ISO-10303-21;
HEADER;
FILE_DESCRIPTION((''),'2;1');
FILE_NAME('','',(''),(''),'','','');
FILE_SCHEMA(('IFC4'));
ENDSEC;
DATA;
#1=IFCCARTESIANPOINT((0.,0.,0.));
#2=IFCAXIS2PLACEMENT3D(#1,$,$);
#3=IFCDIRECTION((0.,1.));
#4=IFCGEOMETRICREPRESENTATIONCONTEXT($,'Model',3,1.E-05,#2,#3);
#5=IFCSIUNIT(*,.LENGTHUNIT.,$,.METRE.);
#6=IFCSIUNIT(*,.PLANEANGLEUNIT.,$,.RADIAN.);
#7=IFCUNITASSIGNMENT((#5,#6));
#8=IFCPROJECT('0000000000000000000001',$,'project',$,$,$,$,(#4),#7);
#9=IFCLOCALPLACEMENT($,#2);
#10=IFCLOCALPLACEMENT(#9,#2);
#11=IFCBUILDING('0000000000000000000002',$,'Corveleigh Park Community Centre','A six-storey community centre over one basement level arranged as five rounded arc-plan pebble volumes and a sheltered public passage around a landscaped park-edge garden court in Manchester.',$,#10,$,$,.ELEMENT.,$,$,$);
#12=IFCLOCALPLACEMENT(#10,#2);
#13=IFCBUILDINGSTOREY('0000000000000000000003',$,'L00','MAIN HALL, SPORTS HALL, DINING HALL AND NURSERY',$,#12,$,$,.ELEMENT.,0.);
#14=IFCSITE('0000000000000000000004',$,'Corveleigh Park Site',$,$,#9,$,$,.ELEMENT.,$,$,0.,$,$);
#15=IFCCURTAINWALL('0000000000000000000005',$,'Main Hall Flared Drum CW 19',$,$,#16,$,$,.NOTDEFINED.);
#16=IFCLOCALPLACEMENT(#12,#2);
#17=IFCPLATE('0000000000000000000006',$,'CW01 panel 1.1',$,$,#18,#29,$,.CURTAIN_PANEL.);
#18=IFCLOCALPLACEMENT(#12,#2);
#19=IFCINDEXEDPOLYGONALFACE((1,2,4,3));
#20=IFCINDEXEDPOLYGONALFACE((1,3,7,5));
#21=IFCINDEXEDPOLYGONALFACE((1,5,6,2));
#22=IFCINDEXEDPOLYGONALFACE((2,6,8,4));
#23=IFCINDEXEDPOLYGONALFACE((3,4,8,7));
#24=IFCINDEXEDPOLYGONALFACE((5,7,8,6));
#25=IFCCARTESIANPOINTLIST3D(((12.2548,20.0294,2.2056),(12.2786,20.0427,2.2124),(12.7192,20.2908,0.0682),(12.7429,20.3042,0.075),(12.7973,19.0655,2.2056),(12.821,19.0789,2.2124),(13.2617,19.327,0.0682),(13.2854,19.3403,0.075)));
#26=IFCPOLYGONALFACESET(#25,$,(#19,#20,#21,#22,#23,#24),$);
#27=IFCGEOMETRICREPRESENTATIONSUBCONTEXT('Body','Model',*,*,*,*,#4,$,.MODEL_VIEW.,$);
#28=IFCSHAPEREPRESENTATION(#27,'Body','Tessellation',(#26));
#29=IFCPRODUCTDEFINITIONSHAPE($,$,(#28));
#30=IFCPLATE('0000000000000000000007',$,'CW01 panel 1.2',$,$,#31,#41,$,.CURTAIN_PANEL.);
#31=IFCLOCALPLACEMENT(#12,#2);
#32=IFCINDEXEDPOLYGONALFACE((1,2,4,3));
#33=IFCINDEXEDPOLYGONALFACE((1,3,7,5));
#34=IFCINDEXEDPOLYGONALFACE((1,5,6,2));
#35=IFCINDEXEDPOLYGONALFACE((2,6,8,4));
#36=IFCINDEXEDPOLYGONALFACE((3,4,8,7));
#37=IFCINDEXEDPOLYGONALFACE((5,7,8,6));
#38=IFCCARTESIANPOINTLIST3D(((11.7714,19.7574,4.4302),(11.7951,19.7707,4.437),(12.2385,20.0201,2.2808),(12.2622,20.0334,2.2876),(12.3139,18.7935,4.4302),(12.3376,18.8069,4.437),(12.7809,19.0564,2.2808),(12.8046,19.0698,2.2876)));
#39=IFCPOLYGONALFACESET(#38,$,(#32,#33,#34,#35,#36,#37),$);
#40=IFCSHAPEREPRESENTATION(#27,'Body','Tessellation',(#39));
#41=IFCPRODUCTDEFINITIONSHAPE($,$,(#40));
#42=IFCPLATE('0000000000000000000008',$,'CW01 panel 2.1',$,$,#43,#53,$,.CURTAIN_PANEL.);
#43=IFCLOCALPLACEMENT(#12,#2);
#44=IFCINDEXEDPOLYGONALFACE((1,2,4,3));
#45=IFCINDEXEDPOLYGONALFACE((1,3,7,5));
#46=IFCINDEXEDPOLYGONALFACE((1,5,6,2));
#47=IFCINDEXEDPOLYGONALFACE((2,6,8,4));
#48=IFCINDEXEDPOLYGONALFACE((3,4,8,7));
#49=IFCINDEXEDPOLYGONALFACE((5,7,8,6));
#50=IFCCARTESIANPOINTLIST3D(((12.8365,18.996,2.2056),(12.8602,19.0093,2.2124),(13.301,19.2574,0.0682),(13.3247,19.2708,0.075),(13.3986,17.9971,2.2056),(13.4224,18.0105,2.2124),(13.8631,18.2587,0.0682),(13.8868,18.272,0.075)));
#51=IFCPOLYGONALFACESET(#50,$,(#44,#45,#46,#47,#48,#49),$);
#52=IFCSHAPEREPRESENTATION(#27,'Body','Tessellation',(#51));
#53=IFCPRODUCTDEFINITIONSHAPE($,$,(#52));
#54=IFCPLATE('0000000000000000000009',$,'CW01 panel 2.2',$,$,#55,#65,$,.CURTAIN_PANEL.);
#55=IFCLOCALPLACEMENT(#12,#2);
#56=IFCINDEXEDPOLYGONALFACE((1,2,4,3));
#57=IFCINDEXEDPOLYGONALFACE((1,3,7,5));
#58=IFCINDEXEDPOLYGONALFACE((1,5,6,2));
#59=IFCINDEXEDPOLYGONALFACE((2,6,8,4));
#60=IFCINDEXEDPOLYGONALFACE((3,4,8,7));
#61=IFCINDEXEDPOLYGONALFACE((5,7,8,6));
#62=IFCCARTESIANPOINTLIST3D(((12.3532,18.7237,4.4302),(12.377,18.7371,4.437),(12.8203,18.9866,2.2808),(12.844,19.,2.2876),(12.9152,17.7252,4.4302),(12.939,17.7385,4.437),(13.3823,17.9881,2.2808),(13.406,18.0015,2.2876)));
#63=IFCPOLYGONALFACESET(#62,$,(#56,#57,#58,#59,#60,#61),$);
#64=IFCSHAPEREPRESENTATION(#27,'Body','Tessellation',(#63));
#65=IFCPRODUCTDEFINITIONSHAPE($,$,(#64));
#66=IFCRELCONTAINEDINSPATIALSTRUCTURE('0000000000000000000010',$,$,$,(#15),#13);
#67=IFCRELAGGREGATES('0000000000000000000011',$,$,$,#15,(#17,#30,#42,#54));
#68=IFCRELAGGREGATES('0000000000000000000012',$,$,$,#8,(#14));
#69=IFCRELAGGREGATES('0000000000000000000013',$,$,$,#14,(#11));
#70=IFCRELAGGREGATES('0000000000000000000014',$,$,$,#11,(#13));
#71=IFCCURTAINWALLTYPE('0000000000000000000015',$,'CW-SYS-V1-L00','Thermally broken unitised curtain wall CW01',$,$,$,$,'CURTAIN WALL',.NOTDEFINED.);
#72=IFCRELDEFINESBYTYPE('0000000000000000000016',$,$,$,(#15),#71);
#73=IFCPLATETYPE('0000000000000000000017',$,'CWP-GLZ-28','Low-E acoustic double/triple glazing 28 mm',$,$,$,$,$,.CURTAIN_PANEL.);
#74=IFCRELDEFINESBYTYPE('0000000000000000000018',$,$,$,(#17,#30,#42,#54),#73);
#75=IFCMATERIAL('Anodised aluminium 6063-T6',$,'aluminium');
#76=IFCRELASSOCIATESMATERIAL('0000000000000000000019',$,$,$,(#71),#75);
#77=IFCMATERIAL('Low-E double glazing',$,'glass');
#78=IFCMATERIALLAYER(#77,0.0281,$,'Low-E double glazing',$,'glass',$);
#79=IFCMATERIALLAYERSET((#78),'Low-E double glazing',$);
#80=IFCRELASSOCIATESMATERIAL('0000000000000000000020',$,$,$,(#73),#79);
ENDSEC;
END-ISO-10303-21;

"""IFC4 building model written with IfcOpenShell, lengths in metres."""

from ifc_helpers import new_model, si_unit, direction, frame, origin, place, context, subcontext, project, spatial, polyline, outline, extrude, material, layer, layer_set, type_object, element, aggregate, save


model = new_model("IFC4")

# Units and contexts
model_context = context("Model", 3, precision=1e-05, world=origin(), true_north=direction((0.0, 1.0)))
body_context = subcontext(model_context, "Body", "Model", "MODEL_VIEW")
ifc_project = project(units=[si_unit("LENGTHUNIT", "METRE"), si_unit("PLANEANGLEUNIT", "RADIAN")], contexts=[model_context])

# Site, building, storey
site_placement = place(None, origin())
site = spatial("IfcSite", under=ifc_project, at=site_placement, Name="Corveleigh Park Site", CompositionType="ELEMENT", RefElevation=0.0)
building_placement = place(site_placement, origin())
building = spatial("IfcBuilding", under=site, at=building_placement, Name="Corveleigh Park Community Centre", Description="A six-storey community centre over one basement level arranged as five rounded arc-plan pebble volumes and a sheltered public passage around a landscaped park-edge garden court in Manchester.", CompositionType="ELEMENT")
storey_placement = place(building_placement, origin())
storey = spatial("IfcBuildingStorey", under=building, at=storey_placement, Name="L00", Description="MAIN HALL, SPORTS HALL, DINING HALL AND NURSERY", CompositionType="ELEMENT", Elevation=0.0)

# Curtain wall
ifc_material_1 = material(Name="Anodised aluminium 6063-T6", Category="aluminium")
curtain_wall_type = type_object("IfcCurtainWallType", Name="CW-SYS-V1-L00", Description="Thermally broken unitised curtain wall CW01", ElementType="CURTAIN WALL", PredefinedType="NOTDEFINED", material=ifc_material_1)
curtain_wall_1_placement = place(storey_placement, origin())
curtain_wall_1 = element("IfcCurtainWall", 1, at=curtain_wall_1_placement, inside=storey, type_object=curtain_wall_type, Name="Main Hall Flared Drum CW 19", PredefinedType="NOTDEFINED")

# Plates
ifc_material_2 = material(Name="Low-E double glazing", Category="glass")
ifc_layer = layer(ifc_material_2, 0.0281, Name="Low-E double glazing", Category="glass")
ifc_layer_set = layer_set([ifc_layer], Name="Low-E double glazing")
plate_type = type_object("IfcPlateType", Name="CWP-GLZ-28", Description="Low-E acoustic double/triple glazing 28 mm", PredefinedType="CURTAIN_PANEL", material=ifc_layer_set)
plate_1_placement = place(storey_placement, frame((12.7429, 20.3042, 0.075), z_axis=(0.845573, 0.475903, 0.241916), x_axis=(0.490471, -0.871458, 0.0)))
plate_1 = element("IfcPlate", 2, at=plate_1_placement, type_object=plate_type, Name="CW01 panel 1.1", PredefinedType="CURTAIN_PANEL", context=body_context, shape_type="SweptSolid", body=[
    extrude(outline(polyline([(0.0, 0.0), (1.106, 0.0), (1.1062, -2.2029), (0.0001, -2.2029), (0.0, 0.0)])), origin(), (0.0, 0.0, -1.0), 0.0281),
])
plate_2_placement = place(storey_placement, frame((12.2622, 20.0334, 2.2876), z_axis=(0.845546, 0.475947, 0.241923), x_axis=(0.490521, -0.87143, -0.000013)))
plate_2 = element("IfcPlate", 3, at=plate_2_placement, type_object=plate_type, Name="CW01 panel 1.2", PredefinedType="CURTAIN_PANEL", context=body_context, shape_type="SweptSolid", body=[
    extrude(outline(polyline([(0.0, 0.0), (1.1058, 0.0), (1.1058, -2.2152), (-0.0002, -2.2152), (0.0, 0.0)])), origin(), (0.0, 0.0, -1.0), 0.0281),
])
plate_3_placement = place(storey_placement, frame((13.3247, 19.2708, 0.075), z_axis=(0.845562, 0.4759, 0.241961), x_axis=(0.490469, -0.871459, 0.000022)))
plate_3 = element("IfcPlate", 4, at=plate_3_placement, type_object=plate_type, Name="CW01 panel 2.1", PredefinedType="CURTAIN_PANEL", context=body_context, shape_type="SweptSolid", body=[
    extrude(outline(polyline([(0.0, 0.0), (1.146, 0.0), (1.1462, -2.2029), (0.0, -2.2029), (0.0, 0.0)])), origin(), (0.0, 0.0, -1.0), 0.0281),
])
plate_4_placement = place(storey_placement, frame((12.844, 19.0, 2.2876), z_axis=(0.845559, 0.475911, 0.241948), x_axis=(0.490484, -0.87145, 0.0)))
plate_4 = element("IfcPlate", 5, at=plate_4_placement, type_object=plate_type, Name="CW01 panel 2.2", PredefinedType="CURTAIN_PANEL", context=body_context, shape_type="SweptSolid", body=[
    extrude(outline(polyline([(0.0, 0.0), (1.1458, 0.0), (1.1459, -2.2152), (0.0001, -2.2152), (0.0, 0.0)])), origin(), (0.0, 0.0, -1.0), 0.0281),
])
aggregate(curtain_wall_1, [plate_1, plate_2, plate_3, plate_4])

save(model, "model.ifc")
